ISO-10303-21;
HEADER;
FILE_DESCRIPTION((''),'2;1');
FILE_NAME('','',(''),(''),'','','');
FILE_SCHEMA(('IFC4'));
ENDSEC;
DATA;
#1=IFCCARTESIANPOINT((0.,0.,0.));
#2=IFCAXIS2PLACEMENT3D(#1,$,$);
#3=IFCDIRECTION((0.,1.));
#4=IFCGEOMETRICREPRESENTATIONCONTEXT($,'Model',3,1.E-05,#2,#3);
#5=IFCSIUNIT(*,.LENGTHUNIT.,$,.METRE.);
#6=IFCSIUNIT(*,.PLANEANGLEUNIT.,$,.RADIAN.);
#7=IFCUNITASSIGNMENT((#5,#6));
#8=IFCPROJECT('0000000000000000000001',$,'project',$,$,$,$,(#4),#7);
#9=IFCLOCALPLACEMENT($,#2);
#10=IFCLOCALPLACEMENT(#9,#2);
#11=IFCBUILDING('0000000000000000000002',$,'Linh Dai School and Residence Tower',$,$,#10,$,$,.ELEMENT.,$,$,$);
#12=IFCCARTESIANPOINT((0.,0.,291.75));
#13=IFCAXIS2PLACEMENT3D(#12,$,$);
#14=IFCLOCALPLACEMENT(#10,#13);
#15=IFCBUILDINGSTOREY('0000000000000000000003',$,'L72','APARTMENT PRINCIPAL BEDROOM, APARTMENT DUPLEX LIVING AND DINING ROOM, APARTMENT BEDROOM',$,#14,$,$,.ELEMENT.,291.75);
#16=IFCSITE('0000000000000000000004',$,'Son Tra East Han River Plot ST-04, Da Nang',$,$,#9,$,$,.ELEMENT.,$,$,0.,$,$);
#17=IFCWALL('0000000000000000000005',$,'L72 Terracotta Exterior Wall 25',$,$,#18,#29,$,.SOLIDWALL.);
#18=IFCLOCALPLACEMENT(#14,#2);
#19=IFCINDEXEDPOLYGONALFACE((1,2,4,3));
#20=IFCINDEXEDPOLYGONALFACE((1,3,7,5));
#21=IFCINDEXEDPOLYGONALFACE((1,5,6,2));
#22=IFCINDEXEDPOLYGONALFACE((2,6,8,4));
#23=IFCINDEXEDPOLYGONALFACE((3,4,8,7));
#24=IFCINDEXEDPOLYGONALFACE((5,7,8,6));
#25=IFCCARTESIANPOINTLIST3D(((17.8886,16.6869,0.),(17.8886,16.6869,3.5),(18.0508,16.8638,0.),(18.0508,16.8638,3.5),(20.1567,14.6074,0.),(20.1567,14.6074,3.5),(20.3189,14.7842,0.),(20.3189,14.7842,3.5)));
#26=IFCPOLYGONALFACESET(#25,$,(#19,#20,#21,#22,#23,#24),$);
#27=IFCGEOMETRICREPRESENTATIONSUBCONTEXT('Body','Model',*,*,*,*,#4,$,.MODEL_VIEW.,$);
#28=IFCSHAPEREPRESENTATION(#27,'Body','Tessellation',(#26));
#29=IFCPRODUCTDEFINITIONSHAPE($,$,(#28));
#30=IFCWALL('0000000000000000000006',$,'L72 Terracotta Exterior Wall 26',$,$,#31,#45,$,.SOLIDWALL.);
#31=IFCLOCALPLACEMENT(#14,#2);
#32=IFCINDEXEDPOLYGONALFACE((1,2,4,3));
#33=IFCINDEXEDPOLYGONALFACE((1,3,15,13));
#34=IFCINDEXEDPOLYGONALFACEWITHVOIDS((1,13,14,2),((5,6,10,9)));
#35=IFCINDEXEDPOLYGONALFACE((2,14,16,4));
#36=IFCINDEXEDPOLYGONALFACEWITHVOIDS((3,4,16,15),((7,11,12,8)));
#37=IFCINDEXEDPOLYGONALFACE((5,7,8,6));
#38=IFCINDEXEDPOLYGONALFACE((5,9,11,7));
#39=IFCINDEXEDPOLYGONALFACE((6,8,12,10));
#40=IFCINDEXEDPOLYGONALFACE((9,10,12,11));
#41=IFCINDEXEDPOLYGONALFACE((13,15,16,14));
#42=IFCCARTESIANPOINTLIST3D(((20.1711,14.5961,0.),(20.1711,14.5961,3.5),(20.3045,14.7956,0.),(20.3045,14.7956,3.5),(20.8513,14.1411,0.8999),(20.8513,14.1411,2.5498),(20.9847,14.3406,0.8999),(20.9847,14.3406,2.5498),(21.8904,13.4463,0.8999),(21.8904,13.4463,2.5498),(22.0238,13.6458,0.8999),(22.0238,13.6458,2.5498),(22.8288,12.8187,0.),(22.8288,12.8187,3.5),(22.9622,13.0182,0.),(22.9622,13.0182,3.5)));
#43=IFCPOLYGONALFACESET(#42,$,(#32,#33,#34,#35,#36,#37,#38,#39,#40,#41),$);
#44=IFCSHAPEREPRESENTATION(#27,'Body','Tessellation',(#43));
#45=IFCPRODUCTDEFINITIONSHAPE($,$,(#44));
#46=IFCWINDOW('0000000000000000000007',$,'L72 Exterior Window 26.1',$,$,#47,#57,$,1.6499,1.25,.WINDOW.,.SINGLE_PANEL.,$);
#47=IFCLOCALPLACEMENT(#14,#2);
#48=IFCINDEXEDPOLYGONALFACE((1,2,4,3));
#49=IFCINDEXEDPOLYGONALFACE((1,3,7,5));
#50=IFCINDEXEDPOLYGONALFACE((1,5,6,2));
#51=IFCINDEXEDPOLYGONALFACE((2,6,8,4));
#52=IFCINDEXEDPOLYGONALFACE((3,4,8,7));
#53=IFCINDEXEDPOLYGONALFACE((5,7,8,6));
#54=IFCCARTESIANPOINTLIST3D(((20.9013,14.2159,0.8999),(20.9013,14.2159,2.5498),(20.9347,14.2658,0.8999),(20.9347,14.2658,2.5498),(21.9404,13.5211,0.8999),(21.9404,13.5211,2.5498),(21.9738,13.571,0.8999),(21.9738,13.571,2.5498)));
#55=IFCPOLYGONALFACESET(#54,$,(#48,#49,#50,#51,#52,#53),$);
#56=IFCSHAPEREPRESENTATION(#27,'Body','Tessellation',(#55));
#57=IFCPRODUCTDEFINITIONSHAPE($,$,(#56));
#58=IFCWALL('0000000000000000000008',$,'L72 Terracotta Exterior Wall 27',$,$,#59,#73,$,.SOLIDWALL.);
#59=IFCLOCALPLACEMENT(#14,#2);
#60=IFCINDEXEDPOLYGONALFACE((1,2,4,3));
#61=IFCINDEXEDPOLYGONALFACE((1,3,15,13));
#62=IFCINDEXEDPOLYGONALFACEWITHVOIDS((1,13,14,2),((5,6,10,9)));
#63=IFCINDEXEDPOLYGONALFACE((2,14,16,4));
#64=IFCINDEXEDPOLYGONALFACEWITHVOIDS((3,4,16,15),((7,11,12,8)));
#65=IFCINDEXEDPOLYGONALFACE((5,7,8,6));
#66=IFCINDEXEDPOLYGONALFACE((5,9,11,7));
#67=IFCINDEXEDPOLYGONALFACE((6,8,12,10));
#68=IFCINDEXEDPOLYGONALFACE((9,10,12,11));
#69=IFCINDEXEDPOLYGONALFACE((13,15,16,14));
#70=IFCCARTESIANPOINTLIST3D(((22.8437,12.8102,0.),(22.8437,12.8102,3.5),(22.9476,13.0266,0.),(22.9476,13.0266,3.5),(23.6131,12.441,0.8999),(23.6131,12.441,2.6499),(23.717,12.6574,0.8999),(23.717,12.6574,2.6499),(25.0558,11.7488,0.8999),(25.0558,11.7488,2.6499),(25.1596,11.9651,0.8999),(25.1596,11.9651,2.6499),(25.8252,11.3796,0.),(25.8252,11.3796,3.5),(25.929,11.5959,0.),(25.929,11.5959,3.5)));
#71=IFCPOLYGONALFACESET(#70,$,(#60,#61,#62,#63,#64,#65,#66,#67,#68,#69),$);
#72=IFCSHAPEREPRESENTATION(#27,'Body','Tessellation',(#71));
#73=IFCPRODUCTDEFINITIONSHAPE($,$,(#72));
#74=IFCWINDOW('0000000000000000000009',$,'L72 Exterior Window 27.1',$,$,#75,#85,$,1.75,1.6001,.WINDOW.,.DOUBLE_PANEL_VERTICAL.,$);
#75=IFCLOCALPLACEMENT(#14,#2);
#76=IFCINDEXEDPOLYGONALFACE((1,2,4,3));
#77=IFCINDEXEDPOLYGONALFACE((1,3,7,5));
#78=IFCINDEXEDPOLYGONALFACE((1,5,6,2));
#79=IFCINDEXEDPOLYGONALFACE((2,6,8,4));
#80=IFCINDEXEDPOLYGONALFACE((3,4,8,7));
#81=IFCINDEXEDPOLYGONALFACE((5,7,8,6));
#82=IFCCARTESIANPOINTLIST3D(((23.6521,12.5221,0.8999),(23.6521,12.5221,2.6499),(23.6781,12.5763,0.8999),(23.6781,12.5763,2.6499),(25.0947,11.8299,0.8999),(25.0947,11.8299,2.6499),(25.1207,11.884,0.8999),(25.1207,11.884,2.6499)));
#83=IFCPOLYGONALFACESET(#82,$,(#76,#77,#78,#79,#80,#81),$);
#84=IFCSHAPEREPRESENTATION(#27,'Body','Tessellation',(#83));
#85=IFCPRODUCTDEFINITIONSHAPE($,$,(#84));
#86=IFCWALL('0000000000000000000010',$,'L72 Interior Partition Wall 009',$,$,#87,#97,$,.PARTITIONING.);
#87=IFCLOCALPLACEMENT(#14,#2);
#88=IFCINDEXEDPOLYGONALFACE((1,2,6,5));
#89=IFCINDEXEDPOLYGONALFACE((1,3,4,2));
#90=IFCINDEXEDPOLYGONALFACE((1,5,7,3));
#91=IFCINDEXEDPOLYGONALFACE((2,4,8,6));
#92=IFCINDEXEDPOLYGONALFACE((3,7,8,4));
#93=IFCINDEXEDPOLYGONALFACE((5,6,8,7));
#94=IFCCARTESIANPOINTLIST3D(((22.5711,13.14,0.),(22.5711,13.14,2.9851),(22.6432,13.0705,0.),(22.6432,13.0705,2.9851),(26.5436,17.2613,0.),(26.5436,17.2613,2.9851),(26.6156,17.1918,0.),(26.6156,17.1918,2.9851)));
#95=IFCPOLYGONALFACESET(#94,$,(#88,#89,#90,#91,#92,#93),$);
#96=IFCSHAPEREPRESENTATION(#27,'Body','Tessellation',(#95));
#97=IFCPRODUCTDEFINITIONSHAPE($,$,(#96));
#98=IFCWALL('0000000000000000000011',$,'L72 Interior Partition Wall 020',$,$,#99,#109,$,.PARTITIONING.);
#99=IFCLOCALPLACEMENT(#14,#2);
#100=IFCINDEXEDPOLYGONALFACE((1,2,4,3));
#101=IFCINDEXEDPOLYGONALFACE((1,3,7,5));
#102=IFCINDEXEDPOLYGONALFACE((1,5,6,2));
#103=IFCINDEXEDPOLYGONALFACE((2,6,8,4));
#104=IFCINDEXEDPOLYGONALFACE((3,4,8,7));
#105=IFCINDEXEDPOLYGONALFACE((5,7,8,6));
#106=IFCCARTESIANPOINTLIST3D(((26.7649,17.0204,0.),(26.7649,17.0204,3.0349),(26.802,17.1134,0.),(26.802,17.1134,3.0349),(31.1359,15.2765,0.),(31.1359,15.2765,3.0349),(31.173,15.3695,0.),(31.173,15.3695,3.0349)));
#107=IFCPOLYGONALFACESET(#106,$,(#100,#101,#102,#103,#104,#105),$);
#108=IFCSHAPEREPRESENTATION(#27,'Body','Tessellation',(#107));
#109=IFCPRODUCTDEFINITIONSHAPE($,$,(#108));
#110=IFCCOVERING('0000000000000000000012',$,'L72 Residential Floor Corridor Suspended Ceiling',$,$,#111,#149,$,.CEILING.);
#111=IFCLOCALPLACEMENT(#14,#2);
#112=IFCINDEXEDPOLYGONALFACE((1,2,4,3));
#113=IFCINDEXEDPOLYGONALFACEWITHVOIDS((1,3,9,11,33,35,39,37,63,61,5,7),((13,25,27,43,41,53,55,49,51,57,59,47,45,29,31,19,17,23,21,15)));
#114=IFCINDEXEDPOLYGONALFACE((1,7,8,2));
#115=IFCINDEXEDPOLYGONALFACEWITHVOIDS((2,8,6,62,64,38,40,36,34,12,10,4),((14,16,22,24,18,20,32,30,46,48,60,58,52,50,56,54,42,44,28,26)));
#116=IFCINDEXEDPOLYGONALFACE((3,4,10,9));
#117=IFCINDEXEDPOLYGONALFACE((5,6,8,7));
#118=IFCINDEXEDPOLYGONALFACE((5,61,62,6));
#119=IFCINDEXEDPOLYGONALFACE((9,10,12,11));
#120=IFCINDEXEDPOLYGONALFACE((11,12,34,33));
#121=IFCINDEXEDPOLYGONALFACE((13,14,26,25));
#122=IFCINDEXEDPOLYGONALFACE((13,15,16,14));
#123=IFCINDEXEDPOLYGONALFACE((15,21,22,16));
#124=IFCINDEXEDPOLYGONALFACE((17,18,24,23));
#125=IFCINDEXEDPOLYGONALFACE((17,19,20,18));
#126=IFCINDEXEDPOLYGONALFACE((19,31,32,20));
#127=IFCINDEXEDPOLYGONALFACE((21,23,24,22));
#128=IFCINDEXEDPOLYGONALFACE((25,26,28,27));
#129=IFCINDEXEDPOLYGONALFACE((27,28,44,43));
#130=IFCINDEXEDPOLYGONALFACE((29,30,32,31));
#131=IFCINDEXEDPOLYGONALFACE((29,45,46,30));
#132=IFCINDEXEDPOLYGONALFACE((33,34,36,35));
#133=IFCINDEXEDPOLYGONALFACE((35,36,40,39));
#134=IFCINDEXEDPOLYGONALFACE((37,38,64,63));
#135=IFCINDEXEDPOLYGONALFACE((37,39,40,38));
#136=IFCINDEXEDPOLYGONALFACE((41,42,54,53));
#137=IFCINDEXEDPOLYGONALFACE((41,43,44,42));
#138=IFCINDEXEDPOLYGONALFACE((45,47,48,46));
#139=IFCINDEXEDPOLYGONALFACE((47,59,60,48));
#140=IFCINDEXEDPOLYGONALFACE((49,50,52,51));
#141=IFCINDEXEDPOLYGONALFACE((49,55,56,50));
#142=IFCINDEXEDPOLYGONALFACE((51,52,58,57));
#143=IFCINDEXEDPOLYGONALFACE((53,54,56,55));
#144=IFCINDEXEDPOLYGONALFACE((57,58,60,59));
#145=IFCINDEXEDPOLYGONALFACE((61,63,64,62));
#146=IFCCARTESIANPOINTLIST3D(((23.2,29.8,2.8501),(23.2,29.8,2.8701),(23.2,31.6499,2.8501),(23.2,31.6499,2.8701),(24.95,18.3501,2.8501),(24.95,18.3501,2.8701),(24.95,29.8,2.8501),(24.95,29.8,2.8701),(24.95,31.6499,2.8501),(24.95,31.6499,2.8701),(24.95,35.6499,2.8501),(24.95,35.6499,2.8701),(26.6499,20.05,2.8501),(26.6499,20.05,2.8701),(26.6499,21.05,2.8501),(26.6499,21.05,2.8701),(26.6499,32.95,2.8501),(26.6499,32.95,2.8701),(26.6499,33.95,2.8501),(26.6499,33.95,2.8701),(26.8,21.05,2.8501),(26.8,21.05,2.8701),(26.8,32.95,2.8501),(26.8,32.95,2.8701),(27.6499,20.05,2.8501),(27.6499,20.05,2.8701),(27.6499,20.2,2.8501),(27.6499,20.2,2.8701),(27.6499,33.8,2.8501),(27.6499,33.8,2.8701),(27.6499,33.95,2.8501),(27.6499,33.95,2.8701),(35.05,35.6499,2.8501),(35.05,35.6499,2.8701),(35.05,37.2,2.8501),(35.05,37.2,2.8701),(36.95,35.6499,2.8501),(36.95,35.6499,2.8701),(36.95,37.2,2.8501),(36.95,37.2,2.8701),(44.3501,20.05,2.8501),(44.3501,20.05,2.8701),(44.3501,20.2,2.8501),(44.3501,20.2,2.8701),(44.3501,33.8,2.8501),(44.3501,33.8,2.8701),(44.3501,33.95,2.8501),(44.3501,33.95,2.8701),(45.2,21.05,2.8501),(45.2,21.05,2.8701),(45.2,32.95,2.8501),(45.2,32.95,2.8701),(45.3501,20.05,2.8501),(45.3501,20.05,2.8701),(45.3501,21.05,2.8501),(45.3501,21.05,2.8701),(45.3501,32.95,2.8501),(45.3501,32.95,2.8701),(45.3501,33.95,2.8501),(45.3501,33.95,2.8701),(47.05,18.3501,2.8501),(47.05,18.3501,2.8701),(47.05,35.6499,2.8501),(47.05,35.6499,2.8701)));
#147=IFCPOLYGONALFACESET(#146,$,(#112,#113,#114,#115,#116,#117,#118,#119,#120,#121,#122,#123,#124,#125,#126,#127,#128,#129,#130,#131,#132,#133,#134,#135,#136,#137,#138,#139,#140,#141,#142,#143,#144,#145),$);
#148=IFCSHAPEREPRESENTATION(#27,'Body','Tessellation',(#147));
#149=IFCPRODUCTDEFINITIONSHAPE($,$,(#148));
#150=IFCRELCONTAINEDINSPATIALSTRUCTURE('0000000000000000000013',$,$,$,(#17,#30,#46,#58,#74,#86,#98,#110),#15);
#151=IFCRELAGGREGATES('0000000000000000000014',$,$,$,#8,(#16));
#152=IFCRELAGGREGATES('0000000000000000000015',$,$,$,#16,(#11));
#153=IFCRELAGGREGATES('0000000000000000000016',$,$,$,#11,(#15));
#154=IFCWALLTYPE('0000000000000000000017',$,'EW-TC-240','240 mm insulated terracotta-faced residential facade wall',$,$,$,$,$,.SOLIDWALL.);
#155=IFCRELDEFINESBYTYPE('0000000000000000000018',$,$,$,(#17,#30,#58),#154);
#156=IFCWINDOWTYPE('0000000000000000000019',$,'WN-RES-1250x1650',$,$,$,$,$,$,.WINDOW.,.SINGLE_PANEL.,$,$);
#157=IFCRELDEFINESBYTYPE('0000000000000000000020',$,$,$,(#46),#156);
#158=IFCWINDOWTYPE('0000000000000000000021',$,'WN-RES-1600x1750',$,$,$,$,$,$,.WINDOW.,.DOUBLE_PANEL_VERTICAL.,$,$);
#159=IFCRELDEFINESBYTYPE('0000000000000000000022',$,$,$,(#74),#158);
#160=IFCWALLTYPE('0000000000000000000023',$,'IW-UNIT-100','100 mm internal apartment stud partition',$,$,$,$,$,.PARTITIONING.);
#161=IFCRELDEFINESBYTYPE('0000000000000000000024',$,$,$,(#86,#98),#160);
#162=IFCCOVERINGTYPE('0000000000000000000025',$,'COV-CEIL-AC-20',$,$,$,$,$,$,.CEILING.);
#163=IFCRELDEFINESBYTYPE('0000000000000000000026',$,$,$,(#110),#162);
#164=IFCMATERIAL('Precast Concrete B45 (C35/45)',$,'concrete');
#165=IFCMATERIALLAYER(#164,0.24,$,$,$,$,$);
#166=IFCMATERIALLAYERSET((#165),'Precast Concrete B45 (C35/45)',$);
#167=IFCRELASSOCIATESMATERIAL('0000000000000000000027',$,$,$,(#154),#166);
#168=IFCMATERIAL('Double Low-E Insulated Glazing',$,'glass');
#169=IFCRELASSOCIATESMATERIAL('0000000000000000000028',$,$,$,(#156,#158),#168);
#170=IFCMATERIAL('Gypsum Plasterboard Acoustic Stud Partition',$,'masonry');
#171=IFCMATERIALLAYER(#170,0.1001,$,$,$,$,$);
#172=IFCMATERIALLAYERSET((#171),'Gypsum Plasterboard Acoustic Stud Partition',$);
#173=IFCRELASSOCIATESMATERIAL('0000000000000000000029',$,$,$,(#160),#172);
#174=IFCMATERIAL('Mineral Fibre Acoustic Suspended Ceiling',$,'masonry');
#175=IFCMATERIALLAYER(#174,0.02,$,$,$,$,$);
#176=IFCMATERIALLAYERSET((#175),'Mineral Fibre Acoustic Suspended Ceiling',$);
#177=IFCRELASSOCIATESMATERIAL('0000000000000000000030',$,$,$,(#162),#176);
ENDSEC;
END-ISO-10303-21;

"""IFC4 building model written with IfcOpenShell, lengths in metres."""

from ifc_helpers import new_model, si_unit, direction, frame, frame_2d, origin, origin_2d, place, context, subcontext, project, spatial, polyline, rectangle, outline, extrude, source, transform, mapped, material, layer, layer_set, type_object, element, fill, save


model = new_model("IFC4")

# Units and contexts
model_context = context("Model", 3, precision=1e-05, world=origin(), true_north=direction((0.0, 1.0)))
body_context = subcontext(model_context, "Body", "Model", "MODEL_VIEW")
ifc_project = project(units=[si_unit("LENGTHUNIT", "METRE"), si_unit("PLANEANGLEUNIT", "RADIAN")], contexts=[model_context])

# Site, building, storey
site_placement = place(None, origin())
site = spatial("IfcSite", under=ifc_project, at=site_placement, Name="Son Tra East Han River Plot ST-04, Da Nang", CompositionType="ELEMENT", RefElevation=0.0)
building_placement = place(site_placement, origin())
building = spatial("IfcBuilding", under=site, at=building_placement, Name="Linh Dai School and Residence Tower", CompositionType="ELEMENT")
storey_placement = place(building_placement, frame((0.0, 0.0, 291.75)))
storey = spatial("IfcBuildingStorey", under=building, at=storey_placement, Name="L72", Description="APARTMENT PRINCIPAL BEDROOM, APARTMENT DUPLEX LIVING AND DINING ROOM, APARTMENT BEDROOM", CompositionType="ELEMENT", Elevation=291.75)

# Shared definitions
ifc_material_1 = material(Name="Precast Concrete B45 (C35/45)", Category="concrete")

# Shared definitions
ifc_layer_1 = layer(ifc_material_1, 0.24)
ifc_layer_set_1 = layer_set([ifc_layer_1], Name="Precast Concrete B45 (C35/45)")
wall_type_1 = type_object("IfcWallType", Name="EW-TC-240", Description="240 mm insulated terracotta-faced residential facade wall", PredefinedType="SOLIDWALL", material=ifc_layer_set_1)
ifc_material_2 = material(Name="Double Low-E Insulated Glazing", Category="glass")
window_type_1 = type_object("IfcWindowType", Name="WN-RES-1250x1650", PartitioningType="SINGLE_PANEL", PredefinedType="WINDOW", material=ifc_material_2)
shared_shape_1 = source(origin(), body_context, "Body", "SweptSolid", [
    extrude(rectangle(XDim=1.25, YDim=1.6499, at=origin_2d()), frame((0.625, 0.03, 0.825), z_axis=(0.0, -1.0, 0.0), x_axis=(1.0, 0.0, 0.0)), (0.0, 0.0, 1.0), 0.0601),
])

# Wall
wall_1_placement = place(storey_placement, frame((20.2378, 14.6958, 0.0), z_axis=(0.0, 0.0, 1.0), x_axis=(-0.737069, 0.675818, 0.0)))
element("IfcWall", 1, at=wall_1_placement, inside=storey, type_object=wall_type_1, Name="L72 Terracotta Exterior Wall 25", PredefinedType="SOLIDWALL", context=body_context, shape_type="SweptSolid", body=[
    extrude(rectangle(XDim=3.0771, YDim=0.24, at=frame_2d((1.5386, 0.0))), origin(), (0.0, 0.0, 1.0), 3.5),
])

# Walls, openings, windows
wall_2_placement = place(storey_placement, frame((22.8955, 12.9185, 0.0), z_axis=(0.0, 0.0, 1.0), x_axis=(-0.831251, 0.555898, 0.0)))
wall_2 = element("IfcWall", 2, at=wall_2_placement, inside=storey, type_object=wall_type_1, Name="L72 Terracotta Exterior Wall 26", PredefinedType="SOLIDWALL", context=body_context, shape_type="SweptSolid", body=[
    extrude(rectangle(XDim=3.1973, YDim=0.24, at=frame_2d((1.5986, 0.0))), origin(), (0.0, 0.0, 1.0), 3.5),
])
opening_1_placement = place(wall_2_placement, frame((1.1289, 0.0, 0.8999)))
opening_1 = element("IfcOpeningElement", 3, at=opening_1_placement, cuts=wall_2, PredefinedType="OPENING", context=body_context, shape_type="SweptSolid", body=[
    extrude(rectangle(XDim=1.25, YDim=1.6499, at=origin_2d()), frame((0.625, 0.1299, 0.825), z_axis=(0.0, -1.0, 0.0), x_axis=(1.0, 0.0, 0.0)), (0.0, 0.0, 1.0), 0.26),
])
window_1_placement = place(opening_1_placement, origin())
window_1 = element("IfcWindow", 4, at=window_1_placement, inside=storey, type_object=window_type_1, Name="L72 Exterior Window 26.1", OverallHeight=1.6499, OverallWidth=1.25, PartitioningType="SINGLE_PANEL", PredefinedType="WINDOW", context=body_context, shape_type="MappedRepresentation", body=[
    mapped(shared_shape_1, transform((0.0, 0.0, 0.0), x_axis=(1.0, 0.0, 0.0), y_axis=(0.0, 1.0, 0.0), z_axis=(0.0, 0.0, 1.0), scale=1.0)),
])
fill(opening_1, window_1)
wall_3_placement = place(storey_placement, frame((25.877, 11.4878, 0.0), z_axis=(0.0, 0.0, 1.0), x_axis=(-0.901574, 0.432625, 0.0)))
wall_3 = element("IfcWall", 5, at=wall_3_placement, inside=storey, type_object=wall_type_1, Name="L72 Terracotta Exterior Wall 27", PredefinedType="SOLIDWALL", context=body_context, shape_type="SweptSolid", body=[
    extrude(rectangle(XDim=3.3069, YDim=0.24, at=frame_2d((1.6533, 0.0))), origin(), (0.0, 0.0, 1.0), 3.5),
])
opening_2_placement = place(wall_3_placement, frame((0.8533, 0.0, 0.8999)))
opening_2 = element("IfcOpeningElement", 6, at=opening_2_placement, cuts=wall_3, PredefinedType="OPENING", context=body_context, shape_type="SweptSolid", body=[
    extrude(rectangle(XDim=1.6001, YDim=1.75, at=origin_2d()), frame((0.8, 0.1299, 0.875), z_axis=(0.0, -1.0, 0.0), x_axis=(1.0, 0.0, 0.0)), (0.0, 0.0, 1.0), 0.26),
])
window_type_2 = type_object("IfcWindowType", Name="WN-RES-1600x1750", PartitioningType="DOUBLE_PANEL_VERTICAL", PredefinedType="WINDOW", material=ifc_material_2)
shared_shape_2 = source(origin(), body_context, "Body", "SweptSolid", [
    extrude(rectangle(XDim=1.6001, YDim=1.75, at=origin_2d()), frame((0.8, 0.03, 0.875), z_axis=(0.0, -1.0, 0.0), x_axis=(1.0, 0.0, 0.0)), (0.0, 0.0, 1.0), 0.0601),
])
window_2_placement = place(opening_2_placement, origin())
window_2 = element("IfcWindow", 7, at=window_2_placement, inside=storey, type_object=window_type_2, Name="L72 Exterior Window 27.1", OverallHeight=1.75, OverallWidth=1.6001, PartitioningType="DOUBLE_PANEL_VERTICAL", PredefinedType="WINDOW", context=body_context, shape_type="MappedRepresentation", body=[
    mapped(shared_shape_2, transform((0.0, 0.0, 0.0), x_axis=(1.0, 0.0, 0.0), y_axis=(0.0, 1.0, 0.0), z_axis=(0.0, 0.0, 1.0), scale=1.0)),
])
fill(opening_2, window_2)

# Walls
ifc_material_3 = material(Name="Gypsum Plasterboard Acoustic Stud Partition", Category="masonry")
ifc_layer_2 = layer(ifc_material_3, 0.1001)
ifc_layer_set_2 = layer_set([ifc_layer_2], Name="Gypsum Plasterboard Acoustic Stud Partition")
wall_type_2 = type_object("IfcWallType", Name="IW-UNIT-100", Description="100 mm internal apartment stud partition", PredefinedType="PARTITIONING", material=ifc_layer_set_2)
wall_4_placement = place(storey_placement, frame((22.6072, 13.1052, 0.0), z_axis=(0.0, 0.0, 1.0), x_axis=(0.693978, 0.719996, 0.0)))
element("IfcWall", 8, at=wall_4_placement, inside=storey, type_object=wall_type_2, Name="L72 Interior Partition Wall 009", PredefinedType="PARTITIONING", context=body_context, shape_type="SweptSolid", body=[
    extrude(rectangle(XDim=5.7241, YDim=0.1001, at=frame_2d((2.8621, 0.0))), origin(), (0.0, 0.0, 1.0), 2.9851),
])
wall_5_placement = place(storey_placement, frame((26.7834, 17.0669, 0.0), z_axis=(0.0, 0.0, 1.0), x_axis=(0.928809, -0.370559, 0.0)))
element("IfcWall", 9, at=wall_5_placement, inside=storey, type_object=wall_type_2, Name="L72 Interior Partition Wall 020", PredefinedType="PARTITIONING", context=body_context, shape_type="SweptSolid", body=[
    extrude(rectangle(XDim=4.7061, YDim=0.1001, at=frame_2d((2.353, 0.0))), origin(), (0.0, 0.0, 1.0), 3.0349),
])

# Covering
ifc_material_4 = material(Name="Mineral Fibre Acoustic Suspended Ceiling", Category="masonry")
ifc_layer_3 = layer(ifc_material_4, 0.02)
ifc_layer_set_3 = layer_set([ifc_layer_3], Name="Mineral Fibre Acoustic Suspended Ceiling")
covering_type_1 = type_object("IfcCoveringType", Name="COV-CEIL-AC-20", PredefinedType="CEILING", material=ifc_layer_set_3)
covering_1_placement = place(storey_placement, frame((0.0, 0.0, 2.8501)))
element("IfcCovering", 10, at=covering_1_placement, inside=storey, type_object=covering_type_1, Name="L72 Residential Floor Corridor Suspended Ceiling", PredefinedType="CEILING", context=body_context, shape_type="SweptSolid", body=[
    extrude(outline(polyline([(23.2, 31.6499), (24.95, 31.6499), (24.95, 35.6499), (35.05, 35.6499), (35.05, 37.2), (36.95, 37.2), (36.95, 35.6499), (47.05, 35.6499), (47.05, 18.3501), (24.95, 18.3501), (24.95, 29.8), (23.2, 29.8), (23.2, 31.6499)]), holes=[polyline([(27.6499, 33.8), (27.6499, 33.95), (26.6499, 33.95), (26.6499, 32.95), (26.8, 32.95), (26.8, 21.05), (26.6499, 21.05), (26.6499, 20.05), (27.6499, 20.05), (27.6499, 20.2), (44.3501, 20.2), (44.3501, 20.05), (45.3501, 20.05), (45.3501, 21.05), (45.2, 21.05), (45.2, 32.95), (45.3501, 32.95), (45.3501, 33.95), (44.3501, 33.95), (44.3501, 33.8), (27.6499, 33.8)])]), origin(), (0.0, 0.0, 1.0), 0.02),
])

save(model, "model.ifc")
